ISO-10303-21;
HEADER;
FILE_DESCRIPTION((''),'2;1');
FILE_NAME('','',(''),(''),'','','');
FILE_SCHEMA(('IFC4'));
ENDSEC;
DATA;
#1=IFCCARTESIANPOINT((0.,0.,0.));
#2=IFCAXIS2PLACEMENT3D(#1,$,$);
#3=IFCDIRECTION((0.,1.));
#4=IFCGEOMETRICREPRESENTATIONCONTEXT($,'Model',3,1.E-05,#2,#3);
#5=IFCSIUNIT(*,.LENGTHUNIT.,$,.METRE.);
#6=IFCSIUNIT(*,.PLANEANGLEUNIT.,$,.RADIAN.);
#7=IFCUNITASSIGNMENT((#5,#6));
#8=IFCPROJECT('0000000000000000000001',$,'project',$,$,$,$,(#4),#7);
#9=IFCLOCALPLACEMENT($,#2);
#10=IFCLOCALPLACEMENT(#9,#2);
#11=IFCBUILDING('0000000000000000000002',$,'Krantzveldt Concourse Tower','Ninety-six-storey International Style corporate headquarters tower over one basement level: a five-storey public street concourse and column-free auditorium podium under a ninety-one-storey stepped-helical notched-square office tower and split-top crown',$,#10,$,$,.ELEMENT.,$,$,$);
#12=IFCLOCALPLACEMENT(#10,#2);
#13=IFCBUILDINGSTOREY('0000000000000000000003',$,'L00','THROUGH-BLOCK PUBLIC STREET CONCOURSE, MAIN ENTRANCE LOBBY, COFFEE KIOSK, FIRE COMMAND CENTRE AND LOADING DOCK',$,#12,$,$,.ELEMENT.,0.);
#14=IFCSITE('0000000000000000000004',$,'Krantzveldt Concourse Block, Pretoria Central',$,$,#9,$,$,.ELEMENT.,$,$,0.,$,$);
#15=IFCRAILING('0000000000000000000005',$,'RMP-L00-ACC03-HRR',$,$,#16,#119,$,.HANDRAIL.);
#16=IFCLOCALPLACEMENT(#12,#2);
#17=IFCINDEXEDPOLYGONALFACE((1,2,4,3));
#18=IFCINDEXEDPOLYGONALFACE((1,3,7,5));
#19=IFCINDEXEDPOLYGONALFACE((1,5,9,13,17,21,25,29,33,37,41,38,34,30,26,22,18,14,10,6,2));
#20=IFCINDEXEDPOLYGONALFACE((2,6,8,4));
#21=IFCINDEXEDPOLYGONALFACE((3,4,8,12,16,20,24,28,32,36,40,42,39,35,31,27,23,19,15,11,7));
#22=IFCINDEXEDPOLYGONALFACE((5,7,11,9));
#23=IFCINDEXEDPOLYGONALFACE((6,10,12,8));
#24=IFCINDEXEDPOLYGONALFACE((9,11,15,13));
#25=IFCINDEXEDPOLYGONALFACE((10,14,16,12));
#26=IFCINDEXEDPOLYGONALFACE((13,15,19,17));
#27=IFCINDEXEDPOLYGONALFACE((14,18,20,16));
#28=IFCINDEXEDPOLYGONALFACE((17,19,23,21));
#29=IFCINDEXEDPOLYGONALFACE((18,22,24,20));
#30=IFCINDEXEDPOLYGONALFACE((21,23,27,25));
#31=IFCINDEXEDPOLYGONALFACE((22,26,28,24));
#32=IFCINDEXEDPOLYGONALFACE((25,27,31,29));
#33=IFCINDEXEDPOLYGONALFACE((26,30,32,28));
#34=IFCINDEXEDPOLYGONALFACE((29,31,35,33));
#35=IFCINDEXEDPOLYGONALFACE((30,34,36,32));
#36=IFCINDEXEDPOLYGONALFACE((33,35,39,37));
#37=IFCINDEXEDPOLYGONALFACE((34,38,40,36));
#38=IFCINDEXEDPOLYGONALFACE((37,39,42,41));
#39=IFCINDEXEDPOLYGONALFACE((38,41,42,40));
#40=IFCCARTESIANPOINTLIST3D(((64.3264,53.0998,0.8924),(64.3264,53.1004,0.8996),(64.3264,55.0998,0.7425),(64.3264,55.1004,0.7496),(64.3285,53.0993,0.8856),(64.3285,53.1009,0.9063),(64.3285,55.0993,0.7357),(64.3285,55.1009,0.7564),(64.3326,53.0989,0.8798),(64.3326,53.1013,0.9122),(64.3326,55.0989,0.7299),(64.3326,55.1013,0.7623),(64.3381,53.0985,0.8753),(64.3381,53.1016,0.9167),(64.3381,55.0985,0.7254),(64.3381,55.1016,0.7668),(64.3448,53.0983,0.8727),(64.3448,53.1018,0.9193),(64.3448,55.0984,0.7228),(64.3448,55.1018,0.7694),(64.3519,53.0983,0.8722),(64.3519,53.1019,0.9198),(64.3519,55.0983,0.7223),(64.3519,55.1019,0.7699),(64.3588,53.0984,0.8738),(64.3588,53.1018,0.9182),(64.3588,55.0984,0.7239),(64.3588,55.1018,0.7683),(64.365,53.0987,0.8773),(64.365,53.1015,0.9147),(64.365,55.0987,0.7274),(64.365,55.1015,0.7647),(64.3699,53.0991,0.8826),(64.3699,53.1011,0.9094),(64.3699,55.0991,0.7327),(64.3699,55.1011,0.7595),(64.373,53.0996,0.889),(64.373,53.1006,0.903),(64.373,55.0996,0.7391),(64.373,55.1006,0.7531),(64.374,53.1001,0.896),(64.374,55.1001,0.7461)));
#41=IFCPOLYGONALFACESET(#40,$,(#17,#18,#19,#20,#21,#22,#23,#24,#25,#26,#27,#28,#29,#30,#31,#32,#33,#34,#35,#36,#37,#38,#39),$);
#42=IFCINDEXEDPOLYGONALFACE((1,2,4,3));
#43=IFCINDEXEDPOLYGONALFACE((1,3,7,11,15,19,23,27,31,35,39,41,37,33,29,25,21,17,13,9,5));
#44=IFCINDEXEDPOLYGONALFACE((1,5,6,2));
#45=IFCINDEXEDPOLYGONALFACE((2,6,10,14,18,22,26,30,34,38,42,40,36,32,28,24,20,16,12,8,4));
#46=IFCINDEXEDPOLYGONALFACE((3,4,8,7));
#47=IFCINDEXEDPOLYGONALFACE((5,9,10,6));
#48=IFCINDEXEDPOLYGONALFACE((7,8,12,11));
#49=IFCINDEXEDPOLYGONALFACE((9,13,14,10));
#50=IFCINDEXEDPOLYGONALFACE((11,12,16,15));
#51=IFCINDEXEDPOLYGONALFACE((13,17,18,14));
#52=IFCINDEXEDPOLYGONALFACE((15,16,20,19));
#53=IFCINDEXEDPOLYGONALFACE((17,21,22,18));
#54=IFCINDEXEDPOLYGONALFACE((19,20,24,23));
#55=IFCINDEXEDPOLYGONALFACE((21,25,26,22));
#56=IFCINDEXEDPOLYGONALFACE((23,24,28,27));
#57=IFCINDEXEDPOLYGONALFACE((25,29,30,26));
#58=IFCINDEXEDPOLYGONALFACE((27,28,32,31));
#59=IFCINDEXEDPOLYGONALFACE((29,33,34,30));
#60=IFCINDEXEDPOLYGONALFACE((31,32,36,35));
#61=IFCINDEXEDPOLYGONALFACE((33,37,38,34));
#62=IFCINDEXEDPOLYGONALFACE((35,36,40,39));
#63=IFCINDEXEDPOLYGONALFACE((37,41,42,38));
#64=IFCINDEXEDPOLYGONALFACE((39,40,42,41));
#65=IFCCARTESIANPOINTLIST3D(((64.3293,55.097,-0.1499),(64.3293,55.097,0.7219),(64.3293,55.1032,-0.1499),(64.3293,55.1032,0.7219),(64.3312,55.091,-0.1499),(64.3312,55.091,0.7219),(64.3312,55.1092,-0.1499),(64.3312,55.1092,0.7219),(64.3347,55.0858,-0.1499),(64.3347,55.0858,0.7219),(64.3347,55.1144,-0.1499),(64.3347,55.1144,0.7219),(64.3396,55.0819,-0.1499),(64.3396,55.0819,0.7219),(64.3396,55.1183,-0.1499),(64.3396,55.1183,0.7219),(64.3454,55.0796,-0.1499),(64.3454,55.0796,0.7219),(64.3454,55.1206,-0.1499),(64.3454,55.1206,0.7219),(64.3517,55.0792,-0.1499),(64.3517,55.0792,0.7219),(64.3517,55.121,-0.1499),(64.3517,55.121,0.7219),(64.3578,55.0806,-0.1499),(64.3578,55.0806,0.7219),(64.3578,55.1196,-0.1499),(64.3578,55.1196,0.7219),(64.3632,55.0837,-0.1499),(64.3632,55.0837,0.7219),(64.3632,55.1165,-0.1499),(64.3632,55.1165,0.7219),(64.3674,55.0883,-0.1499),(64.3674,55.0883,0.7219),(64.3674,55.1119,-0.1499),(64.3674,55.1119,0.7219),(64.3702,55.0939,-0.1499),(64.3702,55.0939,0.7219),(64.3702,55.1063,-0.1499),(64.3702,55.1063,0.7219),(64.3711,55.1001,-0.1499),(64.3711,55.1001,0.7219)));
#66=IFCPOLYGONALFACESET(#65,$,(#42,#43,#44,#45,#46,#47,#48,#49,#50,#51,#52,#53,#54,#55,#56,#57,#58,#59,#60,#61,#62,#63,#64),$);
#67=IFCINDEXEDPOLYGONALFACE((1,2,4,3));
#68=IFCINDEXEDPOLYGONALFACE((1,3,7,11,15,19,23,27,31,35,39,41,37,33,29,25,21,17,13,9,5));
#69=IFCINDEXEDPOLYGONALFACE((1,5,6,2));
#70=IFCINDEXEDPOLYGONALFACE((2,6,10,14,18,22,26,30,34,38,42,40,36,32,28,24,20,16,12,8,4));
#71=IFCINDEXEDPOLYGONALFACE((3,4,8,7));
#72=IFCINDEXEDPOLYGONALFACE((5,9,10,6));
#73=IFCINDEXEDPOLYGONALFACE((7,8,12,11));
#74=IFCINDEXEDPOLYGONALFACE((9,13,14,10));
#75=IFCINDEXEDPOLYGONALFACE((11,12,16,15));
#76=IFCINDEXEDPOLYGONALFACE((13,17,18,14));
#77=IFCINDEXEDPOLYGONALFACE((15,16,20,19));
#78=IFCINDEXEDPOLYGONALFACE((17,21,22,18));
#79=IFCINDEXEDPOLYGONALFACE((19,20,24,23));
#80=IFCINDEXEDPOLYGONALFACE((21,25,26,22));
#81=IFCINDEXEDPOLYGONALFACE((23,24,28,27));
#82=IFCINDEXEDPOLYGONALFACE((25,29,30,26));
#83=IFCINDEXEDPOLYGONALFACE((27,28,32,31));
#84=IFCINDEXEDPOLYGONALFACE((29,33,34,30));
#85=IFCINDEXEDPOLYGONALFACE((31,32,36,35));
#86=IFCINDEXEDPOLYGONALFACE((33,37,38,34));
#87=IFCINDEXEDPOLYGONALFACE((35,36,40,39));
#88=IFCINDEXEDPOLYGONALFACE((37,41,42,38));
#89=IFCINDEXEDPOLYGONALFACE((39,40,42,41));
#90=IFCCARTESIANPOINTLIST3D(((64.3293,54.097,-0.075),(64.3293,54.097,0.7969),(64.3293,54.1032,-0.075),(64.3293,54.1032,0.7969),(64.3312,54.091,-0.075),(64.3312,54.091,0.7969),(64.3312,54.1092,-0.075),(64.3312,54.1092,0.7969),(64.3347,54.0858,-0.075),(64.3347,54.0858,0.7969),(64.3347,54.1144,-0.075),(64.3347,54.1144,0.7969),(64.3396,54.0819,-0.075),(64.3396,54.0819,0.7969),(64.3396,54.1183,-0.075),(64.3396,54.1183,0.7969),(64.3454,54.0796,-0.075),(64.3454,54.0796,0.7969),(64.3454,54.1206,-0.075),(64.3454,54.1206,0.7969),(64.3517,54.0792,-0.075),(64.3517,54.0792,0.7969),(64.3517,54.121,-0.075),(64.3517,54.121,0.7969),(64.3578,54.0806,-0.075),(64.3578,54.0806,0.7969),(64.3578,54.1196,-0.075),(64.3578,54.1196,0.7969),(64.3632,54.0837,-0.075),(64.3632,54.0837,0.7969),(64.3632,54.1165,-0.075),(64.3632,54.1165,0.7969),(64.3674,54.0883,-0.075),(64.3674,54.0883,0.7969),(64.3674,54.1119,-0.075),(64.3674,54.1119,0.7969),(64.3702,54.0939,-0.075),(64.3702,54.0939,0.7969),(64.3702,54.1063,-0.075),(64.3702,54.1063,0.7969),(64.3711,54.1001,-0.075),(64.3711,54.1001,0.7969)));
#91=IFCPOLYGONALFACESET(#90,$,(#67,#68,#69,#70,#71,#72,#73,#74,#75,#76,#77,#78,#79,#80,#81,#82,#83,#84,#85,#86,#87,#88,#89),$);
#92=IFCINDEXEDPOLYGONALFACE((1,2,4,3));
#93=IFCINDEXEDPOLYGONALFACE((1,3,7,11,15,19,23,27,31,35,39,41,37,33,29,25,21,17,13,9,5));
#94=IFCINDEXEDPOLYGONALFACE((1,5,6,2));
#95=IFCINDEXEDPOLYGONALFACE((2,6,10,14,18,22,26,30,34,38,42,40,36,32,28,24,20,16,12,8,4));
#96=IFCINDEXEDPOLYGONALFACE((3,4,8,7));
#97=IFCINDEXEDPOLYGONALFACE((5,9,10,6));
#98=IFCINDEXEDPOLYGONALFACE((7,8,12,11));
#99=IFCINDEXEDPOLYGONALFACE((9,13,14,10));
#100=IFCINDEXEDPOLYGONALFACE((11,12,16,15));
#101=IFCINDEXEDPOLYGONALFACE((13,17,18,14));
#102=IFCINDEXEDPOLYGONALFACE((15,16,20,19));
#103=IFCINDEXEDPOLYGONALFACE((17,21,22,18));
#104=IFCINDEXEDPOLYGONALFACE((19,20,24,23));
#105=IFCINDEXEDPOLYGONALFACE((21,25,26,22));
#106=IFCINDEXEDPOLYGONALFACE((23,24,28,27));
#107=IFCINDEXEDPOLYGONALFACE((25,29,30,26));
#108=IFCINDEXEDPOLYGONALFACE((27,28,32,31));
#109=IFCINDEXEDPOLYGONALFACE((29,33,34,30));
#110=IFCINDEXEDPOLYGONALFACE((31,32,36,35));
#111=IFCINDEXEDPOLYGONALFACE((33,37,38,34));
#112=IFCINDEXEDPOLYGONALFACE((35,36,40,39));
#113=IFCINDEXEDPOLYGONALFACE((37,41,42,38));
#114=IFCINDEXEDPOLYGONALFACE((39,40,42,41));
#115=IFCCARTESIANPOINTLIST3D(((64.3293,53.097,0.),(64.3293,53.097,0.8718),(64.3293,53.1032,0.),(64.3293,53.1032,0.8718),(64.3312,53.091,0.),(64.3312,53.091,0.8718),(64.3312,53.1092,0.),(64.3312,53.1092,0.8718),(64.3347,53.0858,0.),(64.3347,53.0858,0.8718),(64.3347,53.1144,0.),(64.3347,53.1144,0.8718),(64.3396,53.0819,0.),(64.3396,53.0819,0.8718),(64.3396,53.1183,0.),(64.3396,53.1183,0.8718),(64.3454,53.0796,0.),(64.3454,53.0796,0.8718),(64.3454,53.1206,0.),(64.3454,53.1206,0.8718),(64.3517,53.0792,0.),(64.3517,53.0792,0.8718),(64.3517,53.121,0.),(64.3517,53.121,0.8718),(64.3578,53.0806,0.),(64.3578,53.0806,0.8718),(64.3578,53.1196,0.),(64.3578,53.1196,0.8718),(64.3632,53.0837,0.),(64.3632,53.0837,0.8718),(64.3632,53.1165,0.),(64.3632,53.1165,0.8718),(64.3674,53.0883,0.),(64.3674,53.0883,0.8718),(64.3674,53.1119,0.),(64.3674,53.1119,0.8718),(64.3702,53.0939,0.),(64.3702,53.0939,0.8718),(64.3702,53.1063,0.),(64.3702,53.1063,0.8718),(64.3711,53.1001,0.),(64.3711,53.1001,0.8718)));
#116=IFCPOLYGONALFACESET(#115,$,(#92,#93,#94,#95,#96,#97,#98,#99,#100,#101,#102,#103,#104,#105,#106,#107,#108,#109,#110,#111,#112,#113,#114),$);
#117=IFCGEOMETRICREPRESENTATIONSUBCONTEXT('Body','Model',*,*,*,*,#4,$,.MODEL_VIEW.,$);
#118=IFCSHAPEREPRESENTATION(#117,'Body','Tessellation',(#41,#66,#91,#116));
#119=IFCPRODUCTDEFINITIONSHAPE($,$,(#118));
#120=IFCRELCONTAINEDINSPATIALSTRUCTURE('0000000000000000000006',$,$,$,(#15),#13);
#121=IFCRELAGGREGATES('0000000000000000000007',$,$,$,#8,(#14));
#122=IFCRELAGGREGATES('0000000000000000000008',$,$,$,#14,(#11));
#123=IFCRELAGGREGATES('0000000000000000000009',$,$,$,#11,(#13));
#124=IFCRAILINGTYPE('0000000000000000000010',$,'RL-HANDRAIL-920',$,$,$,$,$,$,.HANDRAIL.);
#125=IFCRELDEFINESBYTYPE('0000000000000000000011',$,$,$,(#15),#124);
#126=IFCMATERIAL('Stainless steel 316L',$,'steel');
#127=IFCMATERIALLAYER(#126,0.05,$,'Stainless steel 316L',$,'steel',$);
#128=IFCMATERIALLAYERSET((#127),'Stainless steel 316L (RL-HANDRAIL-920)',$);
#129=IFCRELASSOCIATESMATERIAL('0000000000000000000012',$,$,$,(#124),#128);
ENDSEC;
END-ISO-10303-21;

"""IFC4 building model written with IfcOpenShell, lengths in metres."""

from ifc_helpers import new_model, si_unit, direction, frame, origin, origin_2d, place, context, subcontext, project, spatial, circle, extrude, material, layer, layer_set, type_object, element, save


model = new_model("IFC4")

# Units and contexts
model_context = context("Model", 3, precision=1e-05, world=origin(), true_north=direction((0.0, 1.0)))
body_context = subcontext(model_context, "Body", "Model", "MODEL_VIEW")
ifc_project = project(units=[si_unit("LENGTHUNIT", "METRE"), si_unit("PLANEANGLEUNIT", "RADIAN")], contexts=[model_context])

# Site, building, storey
site_placement = place(None, origin())
site = spatial("IfcSite", under=ifc_project, at=site_placement, Name="Krantzveldt Concourse Block, Pretoria Central", CompositionType="ELEMENT", RefElevation=0.0)
building_placement = place(site_placement, origin())
building = spatial("IfcBuilding", under=site, at=building_placement, Name="Krantzveldt Concourse Tower", Description="Ninety-six-storey International Style corporate headquarters tower over one basement level: a five-storey public street concourse and column-free auditorium podium under a ninety-one-storey stepped-helical notched-square office tower and split-top crown", CompositionType="ELEMENT")
storey_placement = place(building_placement, origin())
storey = spatial("IfcBuildingStorey", under=building, at=storey_placement, Name="L00", Description="THROUGH-BLOCK PUBLIC STREET CONCOURSE, MAIN ENTRANCE LOBBY, COFFEE KIOSK, FIRE COMMAND CENTRE AND LOADING DOCK", CompositionType="ELEMENT", Elevation=0.0)

# Railing
ifc_material_1 = material(Name="Stainless steel 316L", Category="steel")
ifc_layer_1 = layer(ifc_material_1, 0.05, Name="Stainless steel 316L", Category="steel")
ifc_layer_set_1 = layer_set([ifc_layer_1], Name="Stainless steel 316L (RL-HANDRAIL-920)")
railing_type_1 = type_object("IfcRailingType", Name="RL-HANDRAIL-920", PredefinedType="HANDRAIL", material=ifc_layer_set_1)
for number, where, name in (
    (1, (64.3501, 55.1001, -0.1499), "RMP-L00-ACC03-HRR"),
):
    element("IfcRailing", number, at=place(storey_placement, frame(where)), inside=storey, type_object=railing_type_1, Name=name, PredefinedType="HANDRAIL", context=body_context, shape_type="SweptSolid", body=[
        extrude(circle(Radius=0.0239, at=origin_2d()), frame((0.0, 0.0, 0.896), z_axis=(0.0, -0.997203, 0.074742), x_axis=(1.0, 0.0, 0.0)), (0.0, 0.0, 1.0), 2.0056),
        extrude(circle(Radius=0.021, at=origin_2d()), origin(), (0.0, 0.0, 1.0), 0.8718),
        extrude(circle(Radius=0.021, at=origin_2d()), frame((0.0, -1.0, 0.075)), (0.0, 0.0, 1.0), 0.8718),
        extrude(circle(Radius=0.021, at=origin_2d()), frame((0.0, -2.0, 0.1499)), (0.0, 0.0, 1.0), 0.8718),
    ])

save(model, "model.ifc")
